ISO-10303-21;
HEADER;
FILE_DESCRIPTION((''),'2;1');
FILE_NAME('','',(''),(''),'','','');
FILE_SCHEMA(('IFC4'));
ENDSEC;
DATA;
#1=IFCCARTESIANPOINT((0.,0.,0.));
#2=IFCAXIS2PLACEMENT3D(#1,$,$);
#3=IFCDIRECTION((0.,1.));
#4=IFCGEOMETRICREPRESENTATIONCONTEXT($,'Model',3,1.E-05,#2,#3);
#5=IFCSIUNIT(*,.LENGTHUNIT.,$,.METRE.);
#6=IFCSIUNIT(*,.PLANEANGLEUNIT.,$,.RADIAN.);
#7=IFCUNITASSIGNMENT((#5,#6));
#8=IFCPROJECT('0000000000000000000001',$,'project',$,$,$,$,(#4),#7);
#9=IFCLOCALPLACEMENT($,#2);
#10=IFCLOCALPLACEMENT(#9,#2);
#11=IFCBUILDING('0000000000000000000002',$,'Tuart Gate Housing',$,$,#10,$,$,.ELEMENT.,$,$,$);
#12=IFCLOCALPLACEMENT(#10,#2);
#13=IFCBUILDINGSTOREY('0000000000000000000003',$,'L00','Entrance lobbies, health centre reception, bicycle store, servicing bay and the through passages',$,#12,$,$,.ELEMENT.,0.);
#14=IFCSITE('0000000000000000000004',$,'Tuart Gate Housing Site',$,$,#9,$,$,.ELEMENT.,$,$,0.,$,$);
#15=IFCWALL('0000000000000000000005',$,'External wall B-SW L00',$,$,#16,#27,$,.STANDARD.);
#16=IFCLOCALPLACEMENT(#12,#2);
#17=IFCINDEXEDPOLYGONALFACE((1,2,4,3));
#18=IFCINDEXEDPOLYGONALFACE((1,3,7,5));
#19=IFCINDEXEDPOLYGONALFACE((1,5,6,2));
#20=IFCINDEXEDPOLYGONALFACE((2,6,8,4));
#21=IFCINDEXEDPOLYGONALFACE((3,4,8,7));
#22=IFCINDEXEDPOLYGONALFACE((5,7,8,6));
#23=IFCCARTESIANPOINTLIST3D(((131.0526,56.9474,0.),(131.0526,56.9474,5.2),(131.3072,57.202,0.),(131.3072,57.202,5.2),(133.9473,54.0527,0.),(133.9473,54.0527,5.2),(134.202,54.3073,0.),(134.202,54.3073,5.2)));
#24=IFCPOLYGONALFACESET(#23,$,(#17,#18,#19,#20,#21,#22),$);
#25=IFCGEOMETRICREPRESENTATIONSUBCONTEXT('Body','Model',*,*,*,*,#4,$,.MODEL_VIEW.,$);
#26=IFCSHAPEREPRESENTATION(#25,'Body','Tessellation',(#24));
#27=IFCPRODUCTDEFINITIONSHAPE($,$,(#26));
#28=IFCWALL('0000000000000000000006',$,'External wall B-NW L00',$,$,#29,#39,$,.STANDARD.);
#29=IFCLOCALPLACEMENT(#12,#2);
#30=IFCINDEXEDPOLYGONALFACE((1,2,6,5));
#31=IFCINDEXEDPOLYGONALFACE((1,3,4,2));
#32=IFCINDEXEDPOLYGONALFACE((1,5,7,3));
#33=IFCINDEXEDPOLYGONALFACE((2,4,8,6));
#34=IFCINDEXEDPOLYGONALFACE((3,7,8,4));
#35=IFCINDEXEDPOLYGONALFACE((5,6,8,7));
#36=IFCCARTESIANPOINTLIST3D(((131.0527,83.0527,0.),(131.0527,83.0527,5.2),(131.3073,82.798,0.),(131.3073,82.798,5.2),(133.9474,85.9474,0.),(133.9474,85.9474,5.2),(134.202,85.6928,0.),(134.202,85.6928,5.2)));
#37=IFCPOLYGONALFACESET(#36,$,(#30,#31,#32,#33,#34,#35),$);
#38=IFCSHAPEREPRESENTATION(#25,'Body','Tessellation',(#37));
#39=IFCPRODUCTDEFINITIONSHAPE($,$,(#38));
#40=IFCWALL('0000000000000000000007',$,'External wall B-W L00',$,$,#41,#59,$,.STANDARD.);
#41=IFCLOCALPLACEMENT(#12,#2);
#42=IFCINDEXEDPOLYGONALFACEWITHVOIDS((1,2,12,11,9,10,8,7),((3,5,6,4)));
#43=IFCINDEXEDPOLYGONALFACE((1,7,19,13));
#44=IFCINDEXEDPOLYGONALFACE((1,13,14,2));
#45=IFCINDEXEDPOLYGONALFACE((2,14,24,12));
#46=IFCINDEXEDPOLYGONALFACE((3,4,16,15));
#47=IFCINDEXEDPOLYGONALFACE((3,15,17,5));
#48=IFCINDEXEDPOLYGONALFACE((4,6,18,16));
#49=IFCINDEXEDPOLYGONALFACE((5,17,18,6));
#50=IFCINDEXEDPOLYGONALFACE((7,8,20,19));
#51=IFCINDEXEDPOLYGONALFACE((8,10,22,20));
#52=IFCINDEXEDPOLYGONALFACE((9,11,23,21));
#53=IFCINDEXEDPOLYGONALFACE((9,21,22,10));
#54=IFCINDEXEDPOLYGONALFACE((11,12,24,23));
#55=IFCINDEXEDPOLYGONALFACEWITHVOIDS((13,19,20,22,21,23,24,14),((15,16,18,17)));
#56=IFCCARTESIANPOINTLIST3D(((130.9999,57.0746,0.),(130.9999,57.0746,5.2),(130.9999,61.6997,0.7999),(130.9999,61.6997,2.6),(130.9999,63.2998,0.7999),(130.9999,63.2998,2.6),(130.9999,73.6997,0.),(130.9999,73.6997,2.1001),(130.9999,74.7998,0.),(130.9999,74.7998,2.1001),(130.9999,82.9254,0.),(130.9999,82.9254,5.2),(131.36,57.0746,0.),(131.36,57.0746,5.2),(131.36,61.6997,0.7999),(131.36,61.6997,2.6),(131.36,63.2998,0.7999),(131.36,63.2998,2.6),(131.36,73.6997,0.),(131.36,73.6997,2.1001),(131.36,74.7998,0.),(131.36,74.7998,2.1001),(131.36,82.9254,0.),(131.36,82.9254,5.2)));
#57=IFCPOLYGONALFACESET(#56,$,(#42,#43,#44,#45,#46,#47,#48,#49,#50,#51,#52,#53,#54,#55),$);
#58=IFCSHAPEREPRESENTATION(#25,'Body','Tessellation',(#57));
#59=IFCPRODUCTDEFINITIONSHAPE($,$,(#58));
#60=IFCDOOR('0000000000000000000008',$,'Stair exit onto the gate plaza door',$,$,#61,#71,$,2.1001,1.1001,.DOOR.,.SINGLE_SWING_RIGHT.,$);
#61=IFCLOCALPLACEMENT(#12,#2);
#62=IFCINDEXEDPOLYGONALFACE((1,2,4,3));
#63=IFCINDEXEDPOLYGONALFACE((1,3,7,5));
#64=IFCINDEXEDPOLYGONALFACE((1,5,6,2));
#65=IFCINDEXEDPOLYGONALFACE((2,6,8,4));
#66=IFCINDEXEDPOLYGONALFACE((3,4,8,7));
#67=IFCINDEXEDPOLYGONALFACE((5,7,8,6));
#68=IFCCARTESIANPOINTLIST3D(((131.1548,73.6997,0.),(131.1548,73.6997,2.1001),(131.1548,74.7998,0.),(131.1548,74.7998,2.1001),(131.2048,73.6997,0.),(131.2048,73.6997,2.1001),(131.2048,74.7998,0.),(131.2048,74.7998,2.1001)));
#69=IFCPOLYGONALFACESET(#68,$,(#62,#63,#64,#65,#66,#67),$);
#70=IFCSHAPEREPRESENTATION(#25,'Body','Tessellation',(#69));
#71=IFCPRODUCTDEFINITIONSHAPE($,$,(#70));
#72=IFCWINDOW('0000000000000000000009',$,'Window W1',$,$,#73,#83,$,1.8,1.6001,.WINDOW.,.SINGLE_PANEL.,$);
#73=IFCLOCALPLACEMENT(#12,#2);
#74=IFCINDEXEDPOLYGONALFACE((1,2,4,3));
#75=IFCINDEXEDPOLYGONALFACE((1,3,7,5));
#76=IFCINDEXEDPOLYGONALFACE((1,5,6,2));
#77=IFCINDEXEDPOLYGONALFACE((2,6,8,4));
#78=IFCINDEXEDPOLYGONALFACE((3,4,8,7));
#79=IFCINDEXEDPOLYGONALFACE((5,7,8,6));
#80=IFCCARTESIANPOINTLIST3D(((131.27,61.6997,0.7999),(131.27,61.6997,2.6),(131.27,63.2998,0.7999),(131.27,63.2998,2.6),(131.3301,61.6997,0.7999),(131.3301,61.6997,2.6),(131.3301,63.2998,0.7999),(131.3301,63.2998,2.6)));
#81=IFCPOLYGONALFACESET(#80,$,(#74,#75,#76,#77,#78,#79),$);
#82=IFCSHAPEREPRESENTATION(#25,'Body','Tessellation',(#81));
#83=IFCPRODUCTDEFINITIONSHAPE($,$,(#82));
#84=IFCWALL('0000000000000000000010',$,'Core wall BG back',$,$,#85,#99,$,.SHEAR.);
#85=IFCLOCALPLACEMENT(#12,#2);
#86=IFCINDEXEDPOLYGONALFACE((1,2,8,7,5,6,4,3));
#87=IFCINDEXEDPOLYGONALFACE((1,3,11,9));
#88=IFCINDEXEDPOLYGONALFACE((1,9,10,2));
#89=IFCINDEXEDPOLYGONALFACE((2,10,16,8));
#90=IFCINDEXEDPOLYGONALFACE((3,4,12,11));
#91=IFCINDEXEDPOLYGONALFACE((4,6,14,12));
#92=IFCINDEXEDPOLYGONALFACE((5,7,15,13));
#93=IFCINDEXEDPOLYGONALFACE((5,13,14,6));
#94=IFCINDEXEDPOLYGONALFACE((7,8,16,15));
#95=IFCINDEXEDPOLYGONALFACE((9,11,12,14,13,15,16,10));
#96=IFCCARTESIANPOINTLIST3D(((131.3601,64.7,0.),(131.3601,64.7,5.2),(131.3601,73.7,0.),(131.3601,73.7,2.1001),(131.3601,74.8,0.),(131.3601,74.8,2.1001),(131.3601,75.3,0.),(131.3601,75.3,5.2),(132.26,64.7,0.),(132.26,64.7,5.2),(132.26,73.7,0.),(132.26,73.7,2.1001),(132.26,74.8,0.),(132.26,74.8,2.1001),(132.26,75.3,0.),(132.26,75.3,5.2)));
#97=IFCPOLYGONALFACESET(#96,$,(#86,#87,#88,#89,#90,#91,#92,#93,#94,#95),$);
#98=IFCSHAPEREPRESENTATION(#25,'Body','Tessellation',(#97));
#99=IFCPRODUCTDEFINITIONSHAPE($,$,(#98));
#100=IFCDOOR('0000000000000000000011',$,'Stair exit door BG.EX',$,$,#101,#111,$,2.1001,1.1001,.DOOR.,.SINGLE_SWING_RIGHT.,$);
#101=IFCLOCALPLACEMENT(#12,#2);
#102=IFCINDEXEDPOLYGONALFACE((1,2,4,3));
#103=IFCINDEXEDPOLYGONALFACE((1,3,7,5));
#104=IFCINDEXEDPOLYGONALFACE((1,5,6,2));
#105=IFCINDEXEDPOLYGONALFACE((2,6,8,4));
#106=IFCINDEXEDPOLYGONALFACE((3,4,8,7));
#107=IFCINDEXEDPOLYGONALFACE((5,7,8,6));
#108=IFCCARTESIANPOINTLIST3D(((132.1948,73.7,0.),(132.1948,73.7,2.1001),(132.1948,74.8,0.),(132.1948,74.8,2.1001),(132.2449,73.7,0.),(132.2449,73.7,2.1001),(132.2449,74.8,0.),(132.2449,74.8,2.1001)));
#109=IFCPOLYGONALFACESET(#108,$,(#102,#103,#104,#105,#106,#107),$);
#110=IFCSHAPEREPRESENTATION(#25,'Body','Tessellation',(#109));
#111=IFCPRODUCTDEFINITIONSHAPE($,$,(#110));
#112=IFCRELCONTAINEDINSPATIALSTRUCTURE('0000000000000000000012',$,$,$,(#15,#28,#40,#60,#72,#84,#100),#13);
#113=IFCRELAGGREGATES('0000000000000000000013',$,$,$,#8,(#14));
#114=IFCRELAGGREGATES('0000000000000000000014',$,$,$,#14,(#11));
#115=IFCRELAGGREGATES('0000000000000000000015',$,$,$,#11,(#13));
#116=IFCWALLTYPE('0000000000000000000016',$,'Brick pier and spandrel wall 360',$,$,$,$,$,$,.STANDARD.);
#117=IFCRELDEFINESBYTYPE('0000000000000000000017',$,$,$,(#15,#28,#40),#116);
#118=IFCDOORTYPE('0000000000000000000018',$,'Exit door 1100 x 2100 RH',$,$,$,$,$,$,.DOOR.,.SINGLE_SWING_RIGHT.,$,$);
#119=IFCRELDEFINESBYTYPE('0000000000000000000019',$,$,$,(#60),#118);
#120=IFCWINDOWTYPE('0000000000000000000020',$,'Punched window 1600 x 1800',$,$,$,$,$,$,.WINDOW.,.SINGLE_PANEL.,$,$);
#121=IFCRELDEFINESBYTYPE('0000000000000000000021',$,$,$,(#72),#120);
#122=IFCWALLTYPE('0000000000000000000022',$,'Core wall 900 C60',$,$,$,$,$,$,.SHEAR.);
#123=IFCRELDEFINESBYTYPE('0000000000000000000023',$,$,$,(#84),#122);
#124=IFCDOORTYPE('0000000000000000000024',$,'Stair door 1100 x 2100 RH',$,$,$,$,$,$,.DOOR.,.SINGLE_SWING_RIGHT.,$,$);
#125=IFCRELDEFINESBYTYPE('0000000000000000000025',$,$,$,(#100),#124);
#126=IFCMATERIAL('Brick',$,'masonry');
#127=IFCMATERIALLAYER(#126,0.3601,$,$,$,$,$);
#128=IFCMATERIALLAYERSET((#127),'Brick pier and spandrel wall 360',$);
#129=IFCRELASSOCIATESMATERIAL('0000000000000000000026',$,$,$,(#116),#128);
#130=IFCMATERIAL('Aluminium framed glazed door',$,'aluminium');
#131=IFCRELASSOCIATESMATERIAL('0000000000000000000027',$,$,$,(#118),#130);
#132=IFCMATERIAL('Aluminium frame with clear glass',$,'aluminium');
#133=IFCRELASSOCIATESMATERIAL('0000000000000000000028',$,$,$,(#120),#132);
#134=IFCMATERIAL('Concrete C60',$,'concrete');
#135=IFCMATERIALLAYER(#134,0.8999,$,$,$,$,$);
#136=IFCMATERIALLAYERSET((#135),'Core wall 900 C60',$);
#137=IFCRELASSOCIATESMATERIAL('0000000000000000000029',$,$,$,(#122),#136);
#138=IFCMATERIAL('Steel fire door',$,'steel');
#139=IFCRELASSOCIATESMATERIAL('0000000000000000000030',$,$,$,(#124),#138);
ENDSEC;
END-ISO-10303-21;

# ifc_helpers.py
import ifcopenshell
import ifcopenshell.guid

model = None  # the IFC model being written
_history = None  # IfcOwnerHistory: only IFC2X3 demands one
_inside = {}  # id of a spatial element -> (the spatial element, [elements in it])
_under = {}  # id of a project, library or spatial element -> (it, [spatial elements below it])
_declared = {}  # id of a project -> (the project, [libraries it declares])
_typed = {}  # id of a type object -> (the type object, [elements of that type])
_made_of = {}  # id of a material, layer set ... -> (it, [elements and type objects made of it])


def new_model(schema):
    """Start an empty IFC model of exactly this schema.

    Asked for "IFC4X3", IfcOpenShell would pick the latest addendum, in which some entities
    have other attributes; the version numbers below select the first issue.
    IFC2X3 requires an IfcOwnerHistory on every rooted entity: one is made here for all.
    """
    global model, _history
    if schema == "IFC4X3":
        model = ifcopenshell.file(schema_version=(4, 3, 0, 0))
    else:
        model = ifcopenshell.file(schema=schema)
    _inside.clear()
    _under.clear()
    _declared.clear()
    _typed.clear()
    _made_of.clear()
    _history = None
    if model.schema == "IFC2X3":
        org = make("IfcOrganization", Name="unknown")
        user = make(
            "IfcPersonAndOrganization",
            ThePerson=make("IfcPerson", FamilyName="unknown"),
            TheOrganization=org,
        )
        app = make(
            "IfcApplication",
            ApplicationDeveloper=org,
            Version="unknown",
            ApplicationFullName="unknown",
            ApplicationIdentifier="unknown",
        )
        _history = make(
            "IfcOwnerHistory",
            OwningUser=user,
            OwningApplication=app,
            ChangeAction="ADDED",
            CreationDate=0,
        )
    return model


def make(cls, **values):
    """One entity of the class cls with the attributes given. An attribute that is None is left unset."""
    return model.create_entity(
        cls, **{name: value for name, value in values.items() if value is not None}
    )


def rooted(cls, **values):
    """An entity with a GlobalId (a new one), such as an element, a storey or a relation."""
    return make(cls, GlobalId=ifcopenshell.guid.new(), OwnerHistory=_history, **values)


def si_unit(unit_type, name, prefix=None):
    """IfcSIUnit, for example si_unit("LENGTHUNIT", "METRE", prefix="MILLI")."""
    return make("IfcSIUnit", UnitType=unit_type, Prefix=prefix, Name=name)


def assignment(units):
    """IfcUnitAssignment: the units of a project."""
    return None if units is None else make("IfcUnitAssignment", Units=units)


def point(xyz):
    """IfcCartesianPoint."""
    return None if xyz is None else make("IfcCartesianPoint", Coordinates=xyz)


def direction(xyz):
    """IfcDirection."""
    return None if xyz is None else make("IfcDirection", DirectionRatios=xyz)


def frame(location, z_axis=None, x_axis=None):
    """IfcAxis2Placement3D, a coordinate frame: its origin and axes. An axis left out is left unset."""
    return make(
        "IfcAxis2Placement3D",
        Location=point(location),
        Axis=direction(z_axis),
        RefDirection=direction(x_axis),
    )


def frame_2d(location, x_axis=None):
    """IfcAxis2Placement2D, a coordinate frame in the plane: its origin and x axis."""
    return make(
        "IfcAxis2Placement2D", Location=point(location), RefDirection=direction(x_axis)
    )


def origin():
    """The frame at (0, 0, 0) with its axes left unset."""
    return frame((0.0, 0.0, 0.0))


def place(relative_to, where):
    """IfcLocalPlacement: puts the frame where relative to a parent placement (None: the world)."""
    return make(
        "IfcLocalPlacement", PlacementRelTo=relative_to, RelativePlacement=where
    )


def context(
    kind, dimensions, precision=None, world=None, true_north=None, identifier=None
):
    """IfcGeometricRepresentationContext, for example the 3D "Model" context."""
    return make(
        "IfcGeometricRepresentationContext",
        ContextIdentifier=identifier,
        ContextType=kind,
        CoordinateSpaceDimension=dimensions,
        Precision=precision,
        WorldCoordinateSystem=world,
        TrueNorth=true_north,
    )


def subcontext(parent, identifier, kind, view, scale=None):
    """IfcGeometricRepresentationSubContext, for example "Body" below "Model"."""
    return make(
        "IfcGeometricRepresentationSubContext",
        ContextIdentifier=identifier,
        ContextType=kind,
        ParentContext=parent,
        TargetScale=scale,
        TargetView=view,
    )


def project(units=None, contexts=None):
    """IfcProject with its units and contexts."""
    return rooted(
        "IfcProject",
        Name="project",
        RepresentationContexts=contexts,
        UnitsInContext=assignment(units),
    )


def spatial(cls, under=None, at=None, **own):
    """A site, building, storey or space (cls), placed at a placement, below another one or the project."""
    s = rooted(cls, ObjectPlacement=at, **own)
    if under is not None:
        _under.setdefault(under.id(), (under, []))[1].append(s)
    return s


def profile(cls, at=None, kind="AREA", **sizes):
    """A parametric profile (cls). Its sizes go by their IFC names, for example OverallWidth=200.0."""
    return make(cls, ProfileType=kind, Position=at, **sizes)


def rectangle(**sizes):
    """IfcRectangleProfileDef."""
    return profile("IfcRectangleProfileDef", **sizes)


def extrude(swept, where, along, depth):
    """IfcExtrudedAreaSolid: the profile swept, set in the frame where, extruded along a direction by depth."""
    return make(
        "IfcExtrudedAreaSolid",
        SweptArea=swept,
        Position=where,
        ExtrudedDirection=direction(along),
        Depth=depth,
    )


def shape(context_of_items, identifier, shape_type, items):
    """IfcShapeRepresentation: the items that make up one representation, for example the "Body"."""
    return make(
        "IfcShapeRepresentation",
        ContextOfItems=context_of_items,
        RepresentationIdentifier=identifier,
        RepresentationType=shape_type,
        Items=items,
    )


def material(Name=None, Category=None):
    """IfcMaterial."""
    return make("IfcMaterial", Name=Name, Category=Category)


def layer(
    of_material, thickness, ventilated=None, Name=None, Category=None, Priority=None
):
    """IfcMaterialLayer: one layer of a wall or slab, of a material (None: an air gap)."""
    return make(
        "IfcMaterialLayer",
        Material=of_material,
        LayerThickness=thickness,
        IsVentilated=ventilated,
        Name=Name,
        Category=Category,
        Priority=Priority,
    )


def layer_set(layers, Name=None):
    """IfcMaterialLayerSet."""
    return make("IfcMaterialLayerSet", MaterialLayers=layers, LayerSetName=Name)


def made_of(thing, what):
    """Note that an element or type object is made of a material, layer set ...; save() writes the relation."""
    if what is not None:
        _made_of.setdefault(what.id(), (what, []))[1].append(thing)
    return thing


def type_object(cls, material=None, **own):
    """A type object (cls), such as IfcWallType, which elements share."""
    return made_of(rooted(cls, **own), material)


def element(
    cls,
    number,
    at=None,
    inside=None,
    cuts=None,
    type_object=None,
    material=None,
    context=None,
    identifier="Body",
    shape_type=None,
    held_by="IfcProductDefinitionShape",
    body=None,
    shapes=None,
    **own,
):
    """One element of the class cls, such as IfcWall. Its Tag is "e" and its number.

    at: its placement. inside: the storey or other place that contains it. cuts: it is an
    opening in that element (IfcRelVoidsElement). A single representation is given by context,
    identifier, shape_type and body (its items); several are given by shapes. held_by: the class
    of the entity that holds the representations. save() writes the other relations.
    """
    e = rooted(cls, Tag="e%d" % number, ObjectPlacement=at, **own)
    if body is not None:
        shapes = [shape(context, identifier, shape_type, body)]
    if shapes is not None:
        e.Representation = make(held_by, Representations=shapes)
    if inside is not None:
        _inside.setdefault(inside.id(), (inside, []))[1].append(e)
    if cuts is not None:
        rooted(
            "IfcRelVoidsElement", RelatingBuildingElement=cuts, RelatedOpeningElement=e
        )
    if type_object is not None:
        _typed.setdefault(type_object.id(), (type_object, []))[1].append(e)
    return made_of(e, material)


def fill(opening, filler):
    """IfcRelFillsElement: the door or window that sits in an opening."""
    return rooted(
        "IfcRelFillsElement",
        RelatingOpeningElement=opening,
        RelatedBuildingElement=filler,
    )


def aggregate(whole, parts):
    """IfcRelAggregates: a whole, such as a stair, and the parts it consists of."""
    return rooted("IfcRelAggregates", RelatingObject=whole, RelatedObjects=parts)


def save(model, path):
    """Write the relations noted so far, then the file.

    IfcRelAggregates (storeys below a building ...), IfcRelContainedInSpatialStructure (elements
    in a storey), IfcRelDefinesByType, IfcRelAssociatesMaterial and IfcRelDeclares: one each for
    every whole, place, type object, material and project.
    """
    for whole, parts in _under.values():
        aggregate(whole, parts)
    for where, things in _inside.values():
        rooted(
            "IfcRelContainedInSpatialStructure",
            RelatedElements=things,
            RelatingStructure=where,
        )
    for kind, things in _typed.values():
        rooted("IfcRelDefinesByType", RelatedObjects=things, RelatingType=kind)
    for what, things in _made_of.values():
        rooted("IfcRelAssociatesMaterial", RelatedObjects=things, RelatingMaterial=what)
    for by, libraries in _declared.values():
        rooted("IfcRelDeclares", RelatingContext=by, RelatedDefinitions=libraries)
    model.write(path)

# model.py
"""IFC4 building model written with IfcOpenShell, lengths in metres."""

from ifc_helpers import new_model, si_unit, direction, frame, frame_2d, origin, place, context, subcontext, project, spatial, rectangle, extrude, material, layer, layer_set, type_object, element, fill, save


model = new_model("IFC4")

# Units and contexts
model_context = context("Model", 3, precision=1e-05, world=origin(), true_north=direction((0.0, 1.0)))
body_context = subcontext(model_context, "Body", "Model", "MODEL_VIEW")
ifc_project = project(units=[si_unit("LENGTHUNIT", "METRE"), si_unit("PLANEANGLEUNIT", "RADIAN")], contexts=[model_context])

# Site, building, storey
site_placement = place(None, origin())
site = spatial("IfcSite", under=ifc_project, at=site_placement, Name="Tuart Gate Housing Site", CompositionType="ELEMENT", RefElevation=0.0)
building_placement = place(site_placement, origin())
building = spatial("IfcBuilding", under=site, at=building_placement, Name="Tuart Gate Housing", CompositionType="ELEMENT")
storey_placement = place(building_placement, origin())
storey = spatial("IfcBuildingStorey", under=building, at=storey_placement, Name="L00", Description="Entrance lobbies, health centre reception, bicycle store, servicing bay and the through passages", CompositionType="ELEMENT", Elevation=0.0)

# Walls
ifc_material_1 = material(Name="Brick", Category="masonry")
ifc_layer_1 = layer(ifc_material_1, 0.3601)
ifc_layer_set_1 = layer_set([ifc_layer_1], Name="Brick pier and spandrel wall 360")
wall_type_1 = type_object("IfcWallType", Name="Brick pier and spandrel wall 360", PredefinedType="STANDARD", material=ifc_layer_set_1)
for number, where, z_axis, x_axis, name in (
    (1, (131.1799, 57.0747, 0.0), (0.0, 0.0, 1.0), (0.707107, -0.707107, 0.0), "External wall B-SW L00"),
    (2, (134.0747, 85.8201, 0.0), (0.0, 0.0, 1.0), (-0.707107, -0.707107, 0.0), "External wall B-NW L00"),
):
    element("IfcWall", number, at=place(storey_placement, frame(where, z_axis=z_axis, x_axis=x_axis)), inside=storey, type_object=wall_type_1, Name=name, PredefinedType="STANDARD", context=body_context, shape_type="SweptSolid", body=[
        extrude(rectangle(XDim=4.0938, YDim=0.3601, at=frame_2d((2.0469, 0.0))), origin(), (0.0, 0.0, 1.0), 5.2),
    ])

# Wall, openings, door, window
wall_1_placement = place(storey_placement, frame((131.1799, 82.9253, 0.0), z_axis=(0.0, 0.0, 1.0), x_axis=(0.0, -1.0, 0.0)))
wall_1 = element("IfcWall", 3, at=wall_1_placement, inside=storey, type_object=wall_type_1, Name="External wall B-W L00", PredefinedType="STANDARD", context=body_context, shape_type="SweptSolid", body=[
    extrude(rectangle(XDim=25.8508, YDim=0.3601, at=frame_2d((12.9253, 0.0))), origin(), (0.0, 0.0, 1.0), 5.2),
])
opening_1_placement = place(wall_1_placement, frame((19.6255, 0.0, 0.8)))
opening_1 = element("IfcOpeningElement", 4, at=opening_1_placement, cuts=wall_1, PredefinedType="OPENING", context=body_context, shape_type="SweptSolid", body=[
    extrude(rectangle(XDim=1.6001, YDim=1.8, at=frame_2d((0.8, 0.8999))), frame((0.0, 0.1899, 0.0), z_axis=(0.0, -1.0, 0.0), x_axis=(1.0, 0.0, 0.0)), (0.0, 0.0, 1.0), 0.3801),
])
opening_2_placement = place(wall_1_placement, frame((8.1255, 0.0, 0.0)))
opening_2 = element("IfcOpeningElement", 5, at=opening_2_placement, cuts=wall_1, PredefinedType="OPENING", context=body_context, shape_type="SweptSolid", body=[
    extrude(rectangle(XDim=1.1001, YDim=2.1001, at=frame_2d((0.55, 1.05))), frame((0.0, 0.1899, 0.0), z_axis=(0.0, -1.0, 0.0), x_axis=(1.0, 0.0, 0.0)), (0.0, 0.0, 1.0), 0.3801),
])
ifc_material_2 = material(Name="Aluminium framed glazed door", Category="aluminium")
door_type_1 = type_object("IfcDoorType", Name="Exit door 1100 x 2100 RH", OperationType="SINGLE_SWING_RIGHT", PredefinedType="DOOR", material=ifc_material_2)
door_1_placement = place(opening_2_placement, frame((1.1001, 0.0, 0.0), z_axis=(0.0, 0.0, 1.0), x_axis=(-1.0, 0.0, 0.0)))
door_1 = element("IfcDoor", 6, at=door_1_placement, inside=storey, type_object=door_type_1, Name="Stair exit onto the gate plaza door", OperationType="SINGLE_SWING_RIGHT", OverallHeight=2.1001, OverallWidth=1.1001, PredefinedType="DOOR", context=body_context, shape_type="SweptSolid", body=[
    extrude(rectangle(XDim=1.1001, YDim=2.1001, at=frame_2d((0.55, 1.05))), frame((0.0, 0.0251, 0.0), z_axis=(0.0, -1.0, 0.0), x_axis=(1.0, 0.0, 0.0)), (0.0, 0.0, 1.0), 0.05),
])
fill(opening_2, door_1)
ifc_material_3 = material(Name="Aluminium frame with clear glass", Category="aluminium")
window_type = type_object("IfcWindowType", Name="Punched window 1600 x 1800", PartitioningType="SINGLE_PANEL", PredefinedType="WINDOW", material=ifc_material_3)
window_placement = place(opening_1_placement, origin())
window = element("IfcWindow", 7, at=window_placement, inside=storey, type_object=window_type, Name="Window W1", OverallHeight=1.8, OverallWidth=1.6001, PartitioningType="SINGLE_PANEL", PredefinedType="WINDOW", context=body_context, shape_type="SweptSolid", body=[
    extrude(rectangle(XDim=1.6001, YDim=1.8, at=frame_2d((0.8, 0.8999))), frame((0.0, 0.1501, 0.0), z_axis=(0.0, -1.0, 0.0), x_axis=(1.0, 0.0, 0.0)), (0.0, 0.0, 1.0), 0.0601),
])
fill(opening_1, window)

# Wall, opening, door
ifc_material_4 = material(Name="Concrete C60", Category="concrete")
ifc_layer_2 = layer(ifc_material_4, 0.8999)
ifc_layer_set_2 = layer_set([ifc_layer_2], Name="Core wall 900 C60")
wall_type_2 = type_object("IfcWallType", Name="Core wall 900 C60", PredefinedType="SHEAR", material=ifc_layer_set_2)
wall_2_placement = place(storey_placement, frame((131.8101, 64.7, 0.0), z_axis=(0.0, 0.0, 1.0), x_axis=(0.0, 1.0, 0.0)))
wall_2 = element("IfcWall", 8, at=wall_2_placement, inside=storey, type_object=wall_type_2, Name="Core wall BG back", PredefinedType="SHEAR", context=body_context, shape_type="SweptSolid", body=[
    extrude(rectangle(XDim=10.6001, YDim=0.8999, at=frame_2d((5.3, 0.0))), origin(), (0.0, 0.0, 1.0), 5.2),
])
opening_3_placement = place(wall_2_placement, frame((9.0, 0.0, 0.0)))
opening_3 = element("IfcOpeningElement", 9, at=opening_3_placement, cuts=wall_2, PredefinedType="OPENING", context=body_context, shape_type="SweptSolid", body=[
    extrude(rectangle(XDim=1.1001, YDim=2.1001, at=frame_2d((0.55, 1.05))), frame((0.0, 0.46, 0.0), z_axis=(0.0, -1.0, 0.0), x_axis=(1.0, 0.0, 0.0)), (0.0, 0.0, 1.0), 0.9199),
])
ifc_material_5 = material(Name="Steel fire door", Category="steel")
door_type_2 = type_object("IfcDoorType", Name="Stair door 1100 x 2100 RH", OperationType="SINGLE_SWING_RIGHT", PredefinedType="DOOR", material=ifc_material_5)
door_2_placement = place(opening_3_placement, origin())
door_2 = element("IfcDoor", 10, at=door_2_placement, inside=storey, type_object=door_type_2, Name="Stair exit door BG.EX", OperationType="SINGLE_SWING_RIGHT", OverallHeight=2.1001, OverallWidth=1.1001, PredefinedType="DOOR", context=body_context, shape_type="SweptSolid", body=[
    extrude(rectangle(XDim=1.1001, YDim=2.1001, at=frame_2d((0.55, 1.05))), frame((0.0, -0.3848, 0.0), z_axis=(0.0, -1.0, 0.0), x_axis=(1.0, 0.0, 0.0)), (0.0, 0.0, 1.0), 0.05),
])
fill(opening_3, door_2)

save(model, "model.ifc")
